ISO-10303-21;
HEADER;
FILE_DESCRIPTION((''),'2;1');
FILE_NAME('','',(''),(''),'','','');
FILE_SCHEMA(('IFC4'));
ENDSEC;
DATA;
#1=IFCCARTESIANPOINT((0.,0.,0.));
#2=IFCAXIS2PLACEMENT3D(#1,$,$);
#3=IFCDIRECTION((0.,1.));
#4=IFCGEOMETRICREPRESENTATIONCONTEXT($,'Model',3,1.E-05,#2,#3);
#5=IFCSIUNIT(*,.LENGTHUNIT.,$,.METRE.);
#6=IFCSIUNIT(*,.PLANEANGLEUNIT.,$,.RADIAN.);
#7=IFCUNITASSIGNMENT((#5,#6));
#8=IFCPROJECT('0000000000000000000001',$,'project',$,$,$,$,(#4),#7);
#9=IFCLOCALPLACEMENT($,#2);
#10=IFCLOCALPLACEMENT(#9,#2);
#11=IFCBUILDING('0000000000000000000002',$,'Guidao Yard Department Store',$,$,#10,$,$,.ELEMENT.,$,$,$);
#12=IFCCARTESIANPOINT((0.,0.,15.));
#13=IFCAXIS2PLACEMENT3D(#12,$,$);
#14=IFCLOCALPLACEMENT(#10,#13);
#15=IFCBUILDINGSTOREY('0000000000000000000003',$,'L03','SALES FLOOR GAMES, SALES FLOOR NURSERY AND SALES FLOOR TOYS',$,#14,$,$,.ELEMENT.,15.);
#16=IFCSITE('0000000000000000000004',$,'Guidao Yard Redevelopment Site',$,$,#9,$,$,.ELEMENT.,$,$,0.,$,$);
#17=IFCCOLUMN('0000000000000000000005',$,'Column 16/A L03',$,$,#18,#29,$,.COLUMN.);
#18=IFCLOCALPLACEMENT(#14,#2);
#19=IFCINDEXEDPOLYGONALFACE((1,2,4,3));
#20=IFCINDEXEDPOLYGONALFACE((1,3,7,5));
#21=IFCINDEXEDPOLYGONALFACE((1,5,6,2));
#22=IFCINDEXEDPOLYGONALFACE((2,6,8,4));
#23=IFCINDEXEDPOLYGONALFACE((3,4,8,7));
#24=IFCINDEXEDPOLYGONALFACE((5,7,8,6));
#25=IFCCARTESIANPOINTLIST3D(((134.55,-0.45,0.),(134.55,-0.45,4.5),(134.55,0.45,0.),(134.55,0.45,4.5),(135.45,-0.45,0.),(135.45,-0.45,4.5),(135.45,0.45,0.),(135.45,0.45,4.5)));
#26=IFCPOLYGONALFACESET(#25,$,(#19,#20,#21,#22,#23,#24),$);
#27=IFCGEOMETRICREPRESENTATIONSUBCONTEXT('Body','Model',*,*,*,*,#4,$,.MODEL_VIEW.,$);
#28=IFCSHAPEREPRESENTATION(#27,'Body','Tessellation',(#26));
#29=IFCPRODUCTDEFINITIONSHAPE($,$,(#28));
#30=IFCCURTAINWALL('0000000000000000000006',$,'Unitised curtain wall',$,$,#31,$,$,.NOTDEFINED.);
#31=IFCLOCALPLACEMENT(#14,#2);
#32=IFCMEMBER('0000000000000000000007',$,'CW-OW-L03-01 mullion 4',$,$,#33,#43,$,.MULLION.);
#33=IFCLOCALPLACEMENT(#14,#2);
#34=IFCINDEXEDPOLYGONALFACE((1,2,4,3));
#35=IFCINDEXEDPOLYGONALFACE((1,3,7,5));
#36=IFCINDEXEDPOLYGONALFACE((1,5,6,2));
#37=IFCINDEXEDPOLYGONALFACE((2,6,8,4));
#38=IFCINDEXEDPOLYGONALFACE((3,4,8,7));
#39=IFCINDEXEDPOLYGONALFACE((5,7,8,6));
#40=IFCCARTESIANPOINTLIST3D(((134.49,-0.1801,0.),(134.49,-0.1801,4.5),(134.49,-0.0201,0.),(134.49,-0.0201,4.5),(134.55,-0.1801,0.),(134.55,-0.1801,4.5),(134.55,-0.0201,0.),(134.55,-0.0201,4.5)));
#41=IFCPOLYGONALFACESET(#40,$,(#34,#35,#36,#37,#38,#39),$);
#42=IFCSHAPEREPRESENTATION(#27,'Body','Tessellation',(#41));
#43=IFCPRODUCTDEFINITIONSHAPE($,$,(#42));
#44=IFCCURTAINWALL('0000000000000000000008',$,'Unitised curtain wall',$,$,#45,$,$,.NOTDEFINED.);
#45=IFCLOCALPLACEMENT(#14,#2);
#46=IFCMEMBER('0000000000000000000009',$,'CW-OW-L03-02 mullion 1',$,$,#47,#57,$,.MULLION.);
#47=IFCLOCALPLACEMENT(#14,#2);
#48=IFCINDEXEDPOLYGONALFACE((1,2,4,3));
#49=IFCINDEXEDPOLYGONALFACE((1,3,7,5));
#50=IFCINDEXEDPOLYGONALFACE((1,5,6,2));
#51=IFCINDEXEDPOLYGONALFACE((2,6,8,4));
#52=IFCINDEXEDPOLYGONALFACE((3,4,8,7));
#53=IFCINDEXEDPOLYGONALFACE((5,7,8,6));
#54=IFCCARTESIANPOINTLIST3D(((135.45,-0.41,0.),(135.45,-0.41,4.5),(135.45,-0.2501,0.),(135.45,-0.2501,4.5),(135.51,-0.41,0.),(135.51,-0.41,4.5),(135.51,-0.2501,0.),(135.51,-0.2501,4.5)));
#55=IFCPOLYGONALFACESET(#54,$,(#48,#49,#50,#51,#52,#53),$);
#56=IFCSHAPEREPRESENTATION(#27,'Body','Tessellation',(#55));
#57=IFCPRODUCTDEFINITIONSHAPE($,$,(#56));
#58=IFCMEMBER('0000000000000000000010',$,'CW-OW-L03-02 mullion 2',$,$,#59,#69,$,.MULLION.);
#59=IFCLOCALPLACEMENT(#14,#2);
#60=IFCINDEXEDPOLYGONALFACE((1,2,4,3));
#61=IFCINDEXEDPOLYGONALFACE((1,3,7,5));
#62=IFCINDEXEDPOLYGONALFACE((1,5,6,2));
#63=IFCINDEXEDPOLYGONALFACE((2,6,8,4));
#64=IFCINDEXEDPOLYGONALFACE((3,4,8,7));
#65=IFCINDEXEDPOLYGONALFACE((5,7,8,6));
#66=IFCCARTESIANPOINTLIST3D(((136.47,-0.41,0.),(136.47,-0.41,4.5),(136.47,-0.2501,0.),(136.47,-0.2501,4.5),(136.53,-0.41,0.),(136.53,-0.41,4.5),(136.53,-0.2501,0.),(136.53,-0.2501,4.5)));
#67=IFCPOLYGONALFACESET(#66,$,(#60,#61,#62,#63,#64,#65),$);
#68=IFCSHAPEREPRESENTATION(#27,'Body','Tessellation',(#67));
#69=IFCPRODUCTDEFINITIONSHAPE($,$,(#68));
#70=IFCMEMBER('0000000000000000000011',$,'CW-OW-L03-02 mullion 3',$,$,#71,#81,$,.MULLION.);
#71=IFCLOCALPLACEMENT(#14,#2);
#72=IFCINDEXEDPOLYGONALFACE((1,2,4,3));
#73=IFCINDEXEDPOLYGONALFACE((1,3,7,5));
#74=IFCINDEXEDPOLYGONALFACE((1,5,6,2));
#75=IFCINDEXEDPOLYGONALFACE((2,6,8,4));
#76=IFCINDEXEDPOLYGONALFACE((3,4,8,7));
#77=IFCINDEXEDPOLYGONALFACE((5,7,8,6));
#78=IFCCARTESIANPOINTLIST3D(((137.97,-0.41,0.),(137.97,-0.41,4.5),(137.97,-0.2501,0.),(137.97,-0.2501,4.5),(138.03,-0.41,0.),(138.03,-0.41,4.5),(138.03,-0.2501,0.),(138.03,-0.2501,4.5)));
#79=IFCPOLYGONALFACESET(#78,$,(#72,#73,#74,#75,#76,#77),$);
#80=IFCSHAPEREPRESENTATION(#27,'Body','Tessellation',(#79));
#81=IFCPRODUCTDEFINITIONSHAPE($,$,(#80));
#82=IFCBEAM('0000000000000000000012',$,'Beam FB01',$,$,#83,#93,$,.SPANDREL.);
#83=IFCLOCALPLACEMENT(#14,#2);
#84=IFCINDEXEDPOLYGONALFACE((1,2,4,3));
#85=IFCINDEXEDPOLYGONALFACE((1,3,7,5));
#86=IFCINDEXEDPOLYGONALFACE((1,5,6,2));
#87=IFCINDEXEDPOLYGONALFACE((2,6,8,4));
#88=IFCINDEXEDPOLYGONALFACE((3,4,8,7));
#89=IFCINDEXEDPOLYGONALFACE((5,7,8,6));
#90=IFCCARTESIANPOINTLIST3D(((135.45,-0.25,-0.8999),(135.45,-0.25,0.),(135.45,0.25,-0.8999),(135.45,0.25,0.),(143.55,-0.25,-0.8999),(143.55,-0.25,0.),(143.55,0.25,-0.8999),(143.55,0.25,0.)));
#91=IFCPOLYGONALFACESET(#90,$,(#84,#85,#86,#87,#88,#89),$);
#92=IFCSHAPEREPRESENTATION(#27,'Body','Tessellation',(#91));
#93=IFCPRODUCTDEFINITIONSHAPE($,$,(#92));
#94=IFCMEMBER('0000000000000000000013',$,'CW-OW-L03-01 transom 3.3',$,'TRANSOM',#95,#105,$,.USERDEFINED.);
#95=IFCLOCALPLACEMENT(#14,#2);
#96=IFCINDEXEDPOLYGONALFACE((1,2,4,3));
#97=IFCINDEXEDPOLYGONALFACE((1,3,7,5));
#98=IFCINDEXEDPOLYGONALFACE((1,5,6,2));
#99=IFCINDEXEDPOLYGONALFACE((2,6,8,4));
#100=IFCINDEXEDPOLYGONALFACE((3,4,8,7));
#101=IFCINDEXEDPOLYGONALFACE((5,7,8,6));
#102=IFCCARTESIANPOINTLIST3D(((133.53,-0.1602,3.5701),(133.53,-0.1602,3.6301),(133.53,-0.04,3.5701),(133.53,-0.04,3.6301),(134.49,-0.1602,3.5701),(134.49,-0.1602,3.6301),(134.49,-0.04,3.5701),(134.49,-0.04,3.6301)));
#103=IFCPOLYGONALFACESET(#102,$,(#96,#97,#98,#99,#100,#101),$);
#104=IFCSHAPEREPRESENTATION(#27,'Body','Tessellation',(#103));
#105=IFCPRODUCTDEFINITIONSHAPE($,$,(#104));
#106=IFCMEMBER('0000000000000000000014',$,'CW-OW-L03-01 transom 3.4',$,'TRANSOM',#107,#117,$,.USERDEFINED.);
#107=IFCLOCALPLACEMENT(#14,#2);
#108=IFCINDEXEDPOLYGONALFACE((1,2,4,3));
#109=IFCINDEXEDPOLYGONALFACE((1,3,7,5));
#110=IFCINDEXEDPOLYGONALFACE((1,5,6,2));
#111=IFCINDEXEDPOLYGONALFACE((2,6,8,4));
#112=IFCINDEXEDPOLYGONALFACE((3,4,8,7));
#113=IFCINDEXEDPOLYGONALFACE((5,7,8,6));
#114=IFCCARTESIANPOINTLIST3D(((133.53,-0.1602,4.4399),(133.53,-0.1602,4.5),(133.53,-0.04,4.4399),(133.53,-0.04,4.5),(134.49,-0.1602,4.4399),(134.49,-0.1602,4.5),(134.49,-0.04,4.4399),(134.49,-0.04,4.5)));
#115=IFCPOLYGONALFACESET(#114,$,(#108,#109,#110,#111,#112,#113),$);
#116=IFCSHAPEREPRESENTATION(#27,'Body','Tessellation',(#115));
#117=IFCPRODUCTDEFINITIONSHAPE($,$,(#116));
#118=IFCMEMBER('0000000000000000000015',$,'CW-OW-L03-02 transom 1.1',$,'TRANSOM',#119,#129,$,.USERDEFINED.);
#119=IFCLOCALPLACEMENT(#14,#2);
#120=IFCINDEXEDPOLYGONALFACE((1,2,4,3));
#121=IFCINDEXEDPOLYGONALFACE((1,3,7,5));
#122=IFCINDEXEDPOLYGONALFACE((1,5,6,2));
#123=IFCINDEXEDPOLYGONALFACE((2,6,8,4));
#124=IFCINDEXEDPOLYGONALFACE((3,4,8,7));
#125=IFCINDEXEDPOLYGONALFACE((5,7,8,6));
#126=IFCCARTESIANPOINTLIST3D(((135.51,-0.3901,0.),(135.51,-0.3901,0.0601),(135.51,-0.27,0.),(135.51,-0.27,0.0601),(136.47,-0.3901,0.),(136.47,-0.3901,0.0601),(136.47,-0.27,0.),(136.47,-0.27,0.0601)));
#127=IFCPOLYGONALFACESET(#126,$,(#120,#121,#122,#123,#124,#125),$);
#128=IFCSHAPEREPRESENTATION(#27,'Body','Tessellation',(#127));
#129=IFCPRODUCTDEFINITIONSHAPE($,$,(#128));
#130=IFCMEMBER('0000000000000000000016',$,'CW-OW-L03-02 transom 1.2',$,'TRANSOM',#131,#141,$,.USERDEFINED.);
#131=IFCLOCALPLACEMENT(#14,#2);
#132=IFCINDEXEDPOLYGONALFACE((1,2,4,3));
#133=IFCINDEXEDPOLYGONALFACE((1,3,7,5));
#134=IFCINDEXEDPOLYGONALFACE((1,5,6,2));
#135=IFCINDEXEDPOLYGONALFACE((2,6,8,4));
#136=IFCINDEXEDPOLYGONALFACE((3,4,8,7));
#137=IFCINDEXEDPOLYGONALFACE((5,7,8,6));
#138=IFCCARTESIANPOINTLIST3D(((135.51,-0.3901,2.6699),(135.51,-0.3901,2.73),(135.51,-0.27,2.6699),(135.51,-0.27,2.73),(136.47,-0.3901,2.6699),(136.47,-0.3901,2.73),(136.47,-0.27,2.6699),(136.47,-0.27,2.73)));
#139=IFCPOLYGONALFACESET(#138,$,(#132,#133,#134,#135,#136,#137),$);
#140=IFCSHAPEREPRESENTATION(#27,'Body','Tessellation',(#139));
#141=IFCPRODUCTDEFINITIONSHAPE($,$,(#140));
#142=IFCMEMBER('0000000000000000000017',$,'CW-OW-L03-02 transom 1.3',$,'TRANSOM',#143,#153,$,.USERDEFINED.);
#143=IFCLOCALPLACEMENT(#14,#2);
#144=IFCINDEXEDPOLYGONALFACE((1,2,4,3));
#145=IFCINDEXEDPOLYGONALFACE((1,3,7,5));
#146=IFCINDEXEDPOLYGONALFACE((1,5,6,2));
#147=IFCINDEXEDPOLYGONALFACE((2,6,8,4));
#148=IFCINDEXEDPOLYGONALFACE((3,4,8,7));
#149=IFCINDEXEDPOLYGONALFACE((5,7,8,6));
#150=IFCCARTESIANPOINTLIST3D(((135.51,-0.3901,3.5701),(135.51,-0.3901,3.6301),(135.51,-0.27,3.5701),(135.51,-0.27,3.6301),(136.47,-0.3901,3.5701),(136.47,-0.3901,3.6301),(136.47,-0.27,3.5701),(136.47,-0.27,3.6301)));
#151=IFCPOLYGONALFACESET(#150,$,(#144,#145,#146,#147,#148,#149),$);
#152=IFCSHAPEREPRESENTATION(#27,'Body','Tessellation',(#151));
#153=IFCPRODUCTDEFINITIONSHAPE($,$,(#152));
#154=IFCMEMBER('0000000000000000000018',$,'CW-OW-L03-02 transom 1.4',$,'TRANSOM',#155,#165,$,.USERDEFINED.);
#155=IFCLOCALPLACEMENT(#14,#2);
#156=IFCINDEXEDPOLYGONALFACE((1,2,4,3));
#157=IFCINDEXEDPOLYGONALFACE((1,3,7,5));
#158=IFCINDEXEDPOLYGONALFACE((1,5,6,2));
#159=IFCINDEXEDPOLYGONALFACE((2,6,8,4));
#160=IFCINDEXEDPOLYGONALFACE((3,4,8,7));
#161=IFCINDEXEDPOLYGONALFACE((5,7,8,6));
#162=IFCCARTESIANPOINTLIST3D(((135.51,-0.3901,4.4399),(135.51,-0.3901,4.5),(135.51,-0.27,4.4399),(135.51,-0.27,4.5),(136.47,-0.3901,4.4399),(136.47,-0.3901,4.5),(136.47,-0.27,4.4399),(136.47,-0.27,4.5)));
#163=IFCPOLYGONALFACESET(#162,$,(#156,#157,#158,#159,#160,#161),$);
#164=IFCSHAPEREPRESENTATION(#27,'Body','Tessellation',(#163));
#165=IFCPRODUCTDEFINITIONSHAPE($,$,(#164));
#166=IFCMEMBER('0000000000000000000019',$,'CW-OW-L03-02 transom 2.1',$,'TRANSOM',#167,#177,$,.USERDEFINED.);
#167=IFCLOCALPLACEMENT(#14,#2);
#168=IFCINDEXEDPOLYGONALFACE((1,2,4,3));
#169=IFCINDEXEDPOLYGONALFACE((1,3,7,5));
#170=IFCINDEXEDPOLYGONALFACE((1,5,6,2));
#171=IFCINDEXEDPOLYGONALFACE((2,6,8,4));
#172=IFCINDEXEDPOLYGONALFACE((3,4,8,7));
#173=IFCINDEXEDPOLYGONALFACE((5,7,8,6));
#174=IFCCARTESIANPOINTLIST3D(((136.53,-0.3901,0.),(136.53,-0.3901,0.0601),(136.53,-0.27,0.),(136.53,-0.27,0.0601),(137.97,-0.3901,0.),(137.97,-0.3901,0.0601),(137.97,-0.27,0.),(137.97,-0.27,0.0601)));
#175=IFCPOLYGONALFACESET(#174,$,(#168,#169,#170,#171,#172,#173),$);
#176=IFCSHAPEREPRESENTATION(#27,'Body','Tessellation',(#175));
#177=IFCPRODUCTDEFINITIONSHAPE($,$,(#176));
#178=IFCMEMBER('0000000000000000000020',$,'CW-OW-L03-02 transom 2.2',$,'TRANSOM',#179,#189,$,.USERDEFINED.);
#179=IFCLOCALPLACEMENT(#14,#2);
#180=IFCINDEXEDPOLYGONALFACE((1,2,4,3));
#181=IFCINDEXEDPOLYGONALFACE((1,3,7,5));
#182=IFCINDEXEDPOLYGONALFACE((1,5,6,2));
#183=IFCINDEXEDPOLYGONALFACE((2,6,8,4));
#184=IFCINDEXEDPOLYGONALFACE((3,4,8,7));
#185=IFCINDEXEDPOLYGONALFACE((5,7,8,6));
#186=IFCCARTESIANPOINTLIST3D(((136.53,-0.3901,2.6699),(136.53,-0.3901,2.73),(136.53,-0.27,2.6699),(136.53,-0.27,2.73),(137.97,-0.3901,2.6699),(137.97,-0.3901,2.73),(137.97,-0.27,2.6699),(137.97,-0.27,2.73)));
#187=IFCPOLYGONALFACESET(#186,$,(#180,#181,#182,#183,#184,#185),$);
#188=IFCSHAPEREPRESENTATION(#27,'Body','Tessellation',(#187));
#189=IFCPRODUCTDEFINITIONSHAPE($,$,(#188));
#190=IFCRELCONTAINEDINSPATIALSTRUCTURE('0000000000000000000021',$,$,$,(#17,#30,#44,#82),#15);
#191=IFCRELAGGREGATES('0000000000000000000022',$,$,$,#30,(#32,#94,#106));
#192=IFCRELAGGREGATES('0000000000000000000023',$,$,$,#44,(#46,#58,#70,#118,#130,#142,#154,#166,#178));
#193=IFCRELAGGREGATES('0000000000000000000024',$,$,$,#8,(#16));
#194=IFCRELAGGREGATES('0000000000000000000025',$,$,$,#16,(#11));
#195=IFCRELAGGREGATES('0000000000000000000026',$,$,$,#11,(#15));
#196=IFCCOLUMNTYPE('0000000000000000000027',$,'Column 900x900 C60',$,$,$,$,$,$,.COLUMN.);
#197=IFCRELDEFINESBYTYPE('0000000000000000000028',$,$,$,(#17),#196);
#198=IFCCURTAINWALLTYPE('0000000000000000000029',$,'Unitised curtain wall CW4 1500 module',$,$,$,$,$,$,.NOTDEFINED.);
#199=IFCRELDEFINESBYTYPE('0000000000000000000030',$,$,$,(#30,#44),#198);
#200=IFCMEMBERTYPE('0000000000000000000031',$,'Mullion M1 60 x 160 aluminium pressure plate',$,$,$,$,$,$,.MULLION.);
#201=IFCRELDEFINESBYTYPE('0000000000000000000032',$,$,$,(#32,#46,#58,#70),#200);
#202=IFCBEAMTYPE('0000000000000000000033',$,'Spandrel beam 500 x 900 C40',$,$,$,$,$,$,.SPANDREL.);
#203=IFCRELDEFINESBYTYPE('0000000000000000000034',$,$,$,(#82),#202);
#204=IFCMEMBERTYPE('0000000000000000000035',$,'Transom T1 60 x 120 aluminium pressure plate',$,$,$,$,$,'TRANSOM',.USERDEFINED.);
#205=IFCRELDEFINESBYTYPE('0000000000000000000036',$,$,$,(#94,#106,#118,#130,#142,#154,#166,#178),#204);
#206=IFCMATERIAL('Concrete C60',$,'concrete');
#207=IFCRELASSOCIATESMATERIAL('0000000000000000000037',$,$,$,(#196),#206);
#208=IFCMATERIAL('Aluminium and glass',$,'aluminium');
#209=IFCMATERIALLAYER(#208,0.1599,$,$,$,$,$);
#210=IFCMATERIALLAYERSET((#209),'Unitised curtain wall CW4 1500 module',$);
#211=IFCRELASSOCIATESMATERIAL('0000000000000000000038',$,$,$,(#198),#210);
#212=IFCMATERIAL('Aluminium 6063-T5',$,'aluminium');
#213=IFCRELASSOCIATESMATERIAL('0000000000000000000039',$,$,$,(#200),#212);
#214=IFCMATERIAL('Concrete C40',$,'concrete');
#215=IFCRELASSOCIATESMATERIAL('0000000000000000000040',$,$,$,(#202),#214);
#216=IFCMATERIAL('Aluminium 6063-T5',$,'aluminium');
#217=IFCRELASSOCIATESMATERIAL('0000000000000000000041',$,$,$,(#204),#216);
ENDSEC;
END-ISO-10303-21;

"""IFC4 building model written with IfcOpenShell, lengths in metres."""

from ifc_helpers import new_model, si_unit, direction, frame, origin, origin_2d, place, context, subcontext, project, spatial, rectangle, extrude, material, layer, layer_set, material_profile, profile_set, type_object, element, aggregate, save


model = new_model("IFC4")

# Units and contexts
model_context = context("Model", 3, precision=1e-05, world=origin(), true_north=direction((0.0, 1.0)))
body_context = subcontext(model_context, "Body", "Model", "MODEL_VIEW")
ifc_project = project(units=[si_unit("LENGTHUNIT", "METRE"), si_unit("PLANEANGLEUNIT", "RADIAN")], contexts=[model_context])

# Site, building, storey
site_placement = place(None, origin())
site = spatial("IfcSite", under=ifc_project, at=site_placement, Name="Guidao Yard Redevelopment Site", CompositionType="ELEMENT", RefElevation=0.0)
building_placement = place(site_placement, origin())
building = spatial("IfcBuilding", under=site, at=building_placement, Name="Guidao Yard Department Store", CompositionType="ELEMENT")
storey_placement = place(building_placement, frame((0.0, 0.0, 15.0)))
storey = spatial("IfcBuildingStorey", under=building, at=storey_placement, Name="L03", Description="SALES FLOOR GAMES, SALES FLOOR NURSERY AND SALES FLOOR TOYS", CompositionType="ELEMENT", Elevation=15.0)

# Column
ifc_material_1 = material(Name="Concrete C60", Category="concrete")
ifc_material_profile_1 = material_profile(ifc_material_1, rectangle(XDim=0.8999, YDim=0.8999, at=origin_2d()), Name="COL 900x900")
ifc_profile_set_1 = profile_set([ifc_material_profile_1], Name="Concrete C60")
column_type = type_object("IfcColumnType", Name="Column 900x900 C60", PredefinedType="COLUMN", material=ifc_profile_set_1)
column_placement = place(storey_placement, frame((135.0, 0.0, 0.0), z_axis=(0.0, 0.0, 1.0), x_axis=(1.0, 0.0, 0.0)))
element("IfcColumn", 1, at=column_placement, inside=storey, type_object=column_type, Name="Column 16/A L03", PredefinedType="COLUMN", context=body_context, shape_type="SweptSolid", body=[
    extrude(rectangle(XDim=0.8999, YDim=0.8999, at=origin_2d()), origin(), (0.0, 0.0, 1.0), 4.5),
])

# Curtain wall, member
ifc_material_2 = material(Name="Aluminium and glass", Category="aluminium")
ifc_layer_1 = layer(ifc_material_2, 0.1599)
ifc_layer_set_1 = layer_set([ifc_layer_1], Name="Unitised curtain wall CW4 1500 module")
curtain_wall_type = type_object("IfcCurtainWallType", Name="Unitised curtain wall CW4 1500 module", PredefinedType="NOTDEFINED", material=ifc_layer_set_1)
curtain_wall_1_placement = place(storey_placement, origin())
curtain_wall_1 = element("IfcCurtainWall", 2, at=curtain_wall_1_placement, inside=storey, type_object=curtain_wall_type, Name="Unitised curtain wall", PredefinedType="NOTDEFINED")
ifc_material_3 = material(Name="Aluminium 6063-T5", Category="aluminium")
ifc_material_profile_2 = material_profile(ifc_material_3, rectangle(XDim=0.0601, YDim=0.1599, at=origin_2d()), Name="Mullion M1 60 x 160 aluminium pressure plate")
ifc_profile_set_2 = profile_set([ifc_material_profile_2], Name="Aluminium 6063-T5")
member_type_1 = type_object("IfcMemberType", Name="Mullion M1 60 x 160 aluminium pressure plate", PredefinedType="MULLION", material=ifc_profile_set_2)
member_1_placement = place(storey_placement, frame((134.52, -0.1001, 0.0), z_axis=(0.0, 0.0, 1.0), x_axis=(-1.0, 0.0, 0.0)))
member_1 = element("IfcMember", 3, at=member_1_placement, type_object=member_type_1, Name="CW-OW-L03-01 mullion 4", PredefinedType="MULLION", context=body_context, shape_type="SweptSolid", body=[
    extrude(rectangle(XDim=0.0601, YDim=0.1599, at=origin_2d()), origin(), (0.0, 0.0, 1.0), 4.5),
])

# Curtain wall, members
curtain_wall_2_placement = place(storey_placement, origin())
curtain_wall_2 = element("IfcCurtainWall", 4, at=curtain_wall_2_placement, inside=storey, type_object=curtain_wall_type, Name="Unitised curtain wall", PredefinedType="NOTDEFINED")
member_2_placement = place(storey_placement, frame((135.48, -0.3301, 0.0), z_axis=(0.0, 0.0, 1.0), x_axis=(-1.0, 0.0, 0.0)))
member_2 = element("IfcMember", 5, at=member_2_placement, type_object=member_type_1, Name="CW-OW-L03-02 mullion 1", PredefinedType="MULLION", context=body_context, shape_type="SweptSolid", body=[
    extrude(rectangle(XDim=0.0601, YDim=0.1599, at=origin_2d()), origin(), (0.0, 0.0, 1.0), 4.5),
])
member_3_placement = place(storey_placement, frame((136.5, -0.3301, 0.0), z_axis=(0.0, 0.0, 1.0), x_axis=(-1.0, 0.0, 0.0)))
member_3 = element("IfcMember", 6, at=member_3_placement, type_object=member_type_1, Name="CW-OW-L03-02 mullion 2", PredefinedType="MULLION", context=body_context, shape_type="SweptSolid", body=[
    extrude(rectangle(XDim=0.0601, YDim=0.1599, at=origin_2d()), origin(), (0.0, 0.0, 1.0), 4.5),
])
member_4_placement = place(storey_placement, frame((138.0, -0.3301, 0.0), z_axis=(0.0, 0.0, 1.0), x_axis=(-1.0, 0.0, 0.0)))
member_4 = element("IfcMember", 7, at=member_4_placement, type_object=member_type_1, Name="CW-OW-L03-02 mullion 3", PredefinedType="MULLION", context=body_context, shape_type="SweptSolid", body=[
    extrude(rectangle(XDim=0.0601, YDim=0.1599, at=origin_2d()), origin(), (0.0, 0.0, 1.0), 4.5),
])

# Beam
ifc_material_4 = material(Name="Concrete C40", Category="concrete")
ifc_material_profile_3 = material_profile(ifc_material_4, rectangle(XDim=0.5, YDim=0.8999, at=origin_2d()), Name="Spandrel beam 500 x 900 C40")
ifc_profile_set_3 = profile_set([ifc_material_profile_3], Name="Concrete C40")
beam_type = type_object("IfcBeamType", Name="Spandrel beam 500 x 900 C40", PredefinedType="SPANDREL", material=ifc_profile_set_3)
beam_placement = place(storey_placement, frame((135.45, 0.0, -0.45), z_axis=(1.0, 0.0, 0.0), x_axis=(0.0, 1.0, 0.0)))
element("IfcBeam", 8, at=beam_placement, inside=storey, type_object=beam_type, Name="Beam FB01", PredefinedType="SPANDREL", context=body_context, shape_type="SweptSolid", body=[
    extrude(rectangle(XDim=0.5, YDim=0.8999, at=origin_2d()), origin(), (0.0, 0.0, 1.0), 8.1001),
])

# Members
ifc_material_5 = material(Name="Aluminium 6063-T5", Category="aluminium")
ifc_material_profile_4 = material_profile(ifc_material_5, rectangle(XDim=0.1201, YDim=0.0601, at=origin_2d()), Name="Transom T1 60 x 120 aluminium pressure plate")
ifc_profile_set_4 = profile_set([ifc_material_profile_4], Name="Aluminium 6063-T5")
member_type_2 = type_object("IfcMemberType", Name="Transom T1 60 x 120 aluminium pressure plate", ElementType="TRANSOM", PredefinedType="USERDEFINED", material=ifc_profile_set_4)
member_5_placement = place(storey_placement, frame((134.49, -0.1001, 3.6001), z_axis=(-1.0, 0.0, 0.0), x_axis=(0.0, -1.0, 0.0)))
member_5 = element("IfcMember", 9, at=member_5_placement, type_object=member_type_2, Name="CW-OW-L03-01 transom 3.3", ObjectType="TRANSOM", PredefinedType="USERDEFINED", context=body_context, shape_type="SweptSolid", body=[
    extrude(rectangle(XDim=0.1201, YDim=0.0601, at=origin_2d()), origin(), (0.0, 0.0, 1.0), 0.96),
])
member_6_placement = place(storey_placement, frame((134.49, -0.1001, 4.47), z_axis=(-1.0, 0.0, 0.0), x_axis=(0.0, -1.0, 0.0)))
member_6 = element("IfcMember", 10, at=member_6_placement, type_object=member_type_2, Name="CW-OW-L03-01 transom 3.4", ObjectType="TRANSOM", PredefinedType="USERDEFINED", context=body_context, shape_type="SweptSolid", body=[
    extrude(rectangle(XDim=0.1201, YDim=0.0601, at=origin_2d()), origin(), (0.0, 0.0, 1.0), 0.96),
])
aggregate(curtain_wall_1, [member_1, member_5, member_6])
member_7_placement = place(storey_placement, frame((136.47, -0.3301, 0.03), z_axis=(-1.0, 0.0, 0.0), x_axis=(0.0, -1.0, 0.0)))
member_7 = element("IfcMember", 11, at=member_7_placement, type_object=member_type_2, Name="CW-OW-L03-02 transom 1.1", ObjectType="TRANSOM", PredefinedType="USERDEFINED", context=body_context, shape_type="SweptSolid", body=[
    extrude(rectangle(XDim=0.1201, YDim=0.0601, at=origin_2d()), origin(), (0.0, 0.0, 1.0), 0.96),
])
member_8_placement = place(storey_placement, frame((136.47, -0.3301, 2.7), z_axis=(-1.0, 0.0, 0.0), x_axis=(0.0, -1.0, 0.0)))
member_8 = element("IfcMember", 12, at=member_8_placement, type_object=member_type_2, Name="CW-OW-L03-02 transom 1.2", ObjectType="TRANSOM", PredefinedType="USERDEFINED", context=body_context, shape_type="SweptSolid", body=[
    extrude(rectangle(XDim=0.1201, YDim=0.0601, at=origin_2d()), origin(), (0.0, 0.0, 1.0), 0.96),
])
member_9_placement = place(storey_placement, frame((136.47, -0.3301, 3.6001), z_axis=(-1.0, 0.0, 0.0), x_axis=(0.0, -1.0, 0.0)))
member_9 = element("IfcMember", 13, at=member_9_placement, type_object=member_type_2, Name="CW-OW-L03-02 transom 1.3", ObjectType="TRANSOM", PredefinedType="USERDEFINED", context=body_context, shape_type="SweptSolid", body=[
    extrude(rectangle(XDim=0.1201, YDim=0.0601, at=origin_2d()), origin(), (0.0, 0.0, 1.0), 0.96),
])
member_10_placement = place(storey_placement, frame((136.47, -0.3301, 4.47), z_axis=(-1.0, 0.0, 0.0), x_axis=(0.0, -1.0, 0.0)))
member_10 = element("IfcMember", 14, at=member_10_placement, type_object=member_type_2, Name="CW-OW-L03-02 transom 1.4", ObjectType="TRANSOM", PredefinedType="USERDEFINED", context=body_context, shape_type="SweptSolid", body=[
    extrude(rectangle(XDim=0.1201, YDim=0.0601, at=origin_2d()), origin(), (0.0, 0.0, 1.0), 0.96),
])
member_11_placement = place(storey_placement, frame((137.97, -0.3301, 0.03), z_axis=(-1.0, 0.0, 0.0), x_axis=(0.0, -1.0, 0.0)))
member_11 = element("IfcMember", 15, at=member_11_placement, type_object=member_type_2, Name="CW-OW-L03-02 transom 2.1", ObjectType="TRANSOM", PredefinedType="USERDEFINED", context=body_context, shape_type="SweptSolid", body=[
    extrude(rectangle(XDim=0.1201, YDim=0.0601, at=origin_2d()), origin(), (0.0, 0.0, 1.0), 1.4399),
])
member_12_placement = place(storey_placement, frame((137.97, -0.3301, 2.7), z_axis=(-1.0, 0.0, 0.0), x_axis=(0.0, -1.0, 0.0)))
member_12 = element("IfcMember", 16, at=member_12_placement, type_object=member_type_2, Name="CW-OW-L03-02 transom 2.2", ObjectType="TRANSOM", PredefinedType="USERDEFINED", context=body_context, shape_type="SweptSolid", body=[
    extrude(rectangle(XDim=0.1201, YDim=0.0601, at=origin_2d()), origin(), (0.0, 0.0, 1.0), 1.4399),
])

aggregate(curtain_wall_2, [member_2, member_3, member_4, member_7, member_8, member_9, member_10, member_11, member_12])

save(model, "model.ifc")
